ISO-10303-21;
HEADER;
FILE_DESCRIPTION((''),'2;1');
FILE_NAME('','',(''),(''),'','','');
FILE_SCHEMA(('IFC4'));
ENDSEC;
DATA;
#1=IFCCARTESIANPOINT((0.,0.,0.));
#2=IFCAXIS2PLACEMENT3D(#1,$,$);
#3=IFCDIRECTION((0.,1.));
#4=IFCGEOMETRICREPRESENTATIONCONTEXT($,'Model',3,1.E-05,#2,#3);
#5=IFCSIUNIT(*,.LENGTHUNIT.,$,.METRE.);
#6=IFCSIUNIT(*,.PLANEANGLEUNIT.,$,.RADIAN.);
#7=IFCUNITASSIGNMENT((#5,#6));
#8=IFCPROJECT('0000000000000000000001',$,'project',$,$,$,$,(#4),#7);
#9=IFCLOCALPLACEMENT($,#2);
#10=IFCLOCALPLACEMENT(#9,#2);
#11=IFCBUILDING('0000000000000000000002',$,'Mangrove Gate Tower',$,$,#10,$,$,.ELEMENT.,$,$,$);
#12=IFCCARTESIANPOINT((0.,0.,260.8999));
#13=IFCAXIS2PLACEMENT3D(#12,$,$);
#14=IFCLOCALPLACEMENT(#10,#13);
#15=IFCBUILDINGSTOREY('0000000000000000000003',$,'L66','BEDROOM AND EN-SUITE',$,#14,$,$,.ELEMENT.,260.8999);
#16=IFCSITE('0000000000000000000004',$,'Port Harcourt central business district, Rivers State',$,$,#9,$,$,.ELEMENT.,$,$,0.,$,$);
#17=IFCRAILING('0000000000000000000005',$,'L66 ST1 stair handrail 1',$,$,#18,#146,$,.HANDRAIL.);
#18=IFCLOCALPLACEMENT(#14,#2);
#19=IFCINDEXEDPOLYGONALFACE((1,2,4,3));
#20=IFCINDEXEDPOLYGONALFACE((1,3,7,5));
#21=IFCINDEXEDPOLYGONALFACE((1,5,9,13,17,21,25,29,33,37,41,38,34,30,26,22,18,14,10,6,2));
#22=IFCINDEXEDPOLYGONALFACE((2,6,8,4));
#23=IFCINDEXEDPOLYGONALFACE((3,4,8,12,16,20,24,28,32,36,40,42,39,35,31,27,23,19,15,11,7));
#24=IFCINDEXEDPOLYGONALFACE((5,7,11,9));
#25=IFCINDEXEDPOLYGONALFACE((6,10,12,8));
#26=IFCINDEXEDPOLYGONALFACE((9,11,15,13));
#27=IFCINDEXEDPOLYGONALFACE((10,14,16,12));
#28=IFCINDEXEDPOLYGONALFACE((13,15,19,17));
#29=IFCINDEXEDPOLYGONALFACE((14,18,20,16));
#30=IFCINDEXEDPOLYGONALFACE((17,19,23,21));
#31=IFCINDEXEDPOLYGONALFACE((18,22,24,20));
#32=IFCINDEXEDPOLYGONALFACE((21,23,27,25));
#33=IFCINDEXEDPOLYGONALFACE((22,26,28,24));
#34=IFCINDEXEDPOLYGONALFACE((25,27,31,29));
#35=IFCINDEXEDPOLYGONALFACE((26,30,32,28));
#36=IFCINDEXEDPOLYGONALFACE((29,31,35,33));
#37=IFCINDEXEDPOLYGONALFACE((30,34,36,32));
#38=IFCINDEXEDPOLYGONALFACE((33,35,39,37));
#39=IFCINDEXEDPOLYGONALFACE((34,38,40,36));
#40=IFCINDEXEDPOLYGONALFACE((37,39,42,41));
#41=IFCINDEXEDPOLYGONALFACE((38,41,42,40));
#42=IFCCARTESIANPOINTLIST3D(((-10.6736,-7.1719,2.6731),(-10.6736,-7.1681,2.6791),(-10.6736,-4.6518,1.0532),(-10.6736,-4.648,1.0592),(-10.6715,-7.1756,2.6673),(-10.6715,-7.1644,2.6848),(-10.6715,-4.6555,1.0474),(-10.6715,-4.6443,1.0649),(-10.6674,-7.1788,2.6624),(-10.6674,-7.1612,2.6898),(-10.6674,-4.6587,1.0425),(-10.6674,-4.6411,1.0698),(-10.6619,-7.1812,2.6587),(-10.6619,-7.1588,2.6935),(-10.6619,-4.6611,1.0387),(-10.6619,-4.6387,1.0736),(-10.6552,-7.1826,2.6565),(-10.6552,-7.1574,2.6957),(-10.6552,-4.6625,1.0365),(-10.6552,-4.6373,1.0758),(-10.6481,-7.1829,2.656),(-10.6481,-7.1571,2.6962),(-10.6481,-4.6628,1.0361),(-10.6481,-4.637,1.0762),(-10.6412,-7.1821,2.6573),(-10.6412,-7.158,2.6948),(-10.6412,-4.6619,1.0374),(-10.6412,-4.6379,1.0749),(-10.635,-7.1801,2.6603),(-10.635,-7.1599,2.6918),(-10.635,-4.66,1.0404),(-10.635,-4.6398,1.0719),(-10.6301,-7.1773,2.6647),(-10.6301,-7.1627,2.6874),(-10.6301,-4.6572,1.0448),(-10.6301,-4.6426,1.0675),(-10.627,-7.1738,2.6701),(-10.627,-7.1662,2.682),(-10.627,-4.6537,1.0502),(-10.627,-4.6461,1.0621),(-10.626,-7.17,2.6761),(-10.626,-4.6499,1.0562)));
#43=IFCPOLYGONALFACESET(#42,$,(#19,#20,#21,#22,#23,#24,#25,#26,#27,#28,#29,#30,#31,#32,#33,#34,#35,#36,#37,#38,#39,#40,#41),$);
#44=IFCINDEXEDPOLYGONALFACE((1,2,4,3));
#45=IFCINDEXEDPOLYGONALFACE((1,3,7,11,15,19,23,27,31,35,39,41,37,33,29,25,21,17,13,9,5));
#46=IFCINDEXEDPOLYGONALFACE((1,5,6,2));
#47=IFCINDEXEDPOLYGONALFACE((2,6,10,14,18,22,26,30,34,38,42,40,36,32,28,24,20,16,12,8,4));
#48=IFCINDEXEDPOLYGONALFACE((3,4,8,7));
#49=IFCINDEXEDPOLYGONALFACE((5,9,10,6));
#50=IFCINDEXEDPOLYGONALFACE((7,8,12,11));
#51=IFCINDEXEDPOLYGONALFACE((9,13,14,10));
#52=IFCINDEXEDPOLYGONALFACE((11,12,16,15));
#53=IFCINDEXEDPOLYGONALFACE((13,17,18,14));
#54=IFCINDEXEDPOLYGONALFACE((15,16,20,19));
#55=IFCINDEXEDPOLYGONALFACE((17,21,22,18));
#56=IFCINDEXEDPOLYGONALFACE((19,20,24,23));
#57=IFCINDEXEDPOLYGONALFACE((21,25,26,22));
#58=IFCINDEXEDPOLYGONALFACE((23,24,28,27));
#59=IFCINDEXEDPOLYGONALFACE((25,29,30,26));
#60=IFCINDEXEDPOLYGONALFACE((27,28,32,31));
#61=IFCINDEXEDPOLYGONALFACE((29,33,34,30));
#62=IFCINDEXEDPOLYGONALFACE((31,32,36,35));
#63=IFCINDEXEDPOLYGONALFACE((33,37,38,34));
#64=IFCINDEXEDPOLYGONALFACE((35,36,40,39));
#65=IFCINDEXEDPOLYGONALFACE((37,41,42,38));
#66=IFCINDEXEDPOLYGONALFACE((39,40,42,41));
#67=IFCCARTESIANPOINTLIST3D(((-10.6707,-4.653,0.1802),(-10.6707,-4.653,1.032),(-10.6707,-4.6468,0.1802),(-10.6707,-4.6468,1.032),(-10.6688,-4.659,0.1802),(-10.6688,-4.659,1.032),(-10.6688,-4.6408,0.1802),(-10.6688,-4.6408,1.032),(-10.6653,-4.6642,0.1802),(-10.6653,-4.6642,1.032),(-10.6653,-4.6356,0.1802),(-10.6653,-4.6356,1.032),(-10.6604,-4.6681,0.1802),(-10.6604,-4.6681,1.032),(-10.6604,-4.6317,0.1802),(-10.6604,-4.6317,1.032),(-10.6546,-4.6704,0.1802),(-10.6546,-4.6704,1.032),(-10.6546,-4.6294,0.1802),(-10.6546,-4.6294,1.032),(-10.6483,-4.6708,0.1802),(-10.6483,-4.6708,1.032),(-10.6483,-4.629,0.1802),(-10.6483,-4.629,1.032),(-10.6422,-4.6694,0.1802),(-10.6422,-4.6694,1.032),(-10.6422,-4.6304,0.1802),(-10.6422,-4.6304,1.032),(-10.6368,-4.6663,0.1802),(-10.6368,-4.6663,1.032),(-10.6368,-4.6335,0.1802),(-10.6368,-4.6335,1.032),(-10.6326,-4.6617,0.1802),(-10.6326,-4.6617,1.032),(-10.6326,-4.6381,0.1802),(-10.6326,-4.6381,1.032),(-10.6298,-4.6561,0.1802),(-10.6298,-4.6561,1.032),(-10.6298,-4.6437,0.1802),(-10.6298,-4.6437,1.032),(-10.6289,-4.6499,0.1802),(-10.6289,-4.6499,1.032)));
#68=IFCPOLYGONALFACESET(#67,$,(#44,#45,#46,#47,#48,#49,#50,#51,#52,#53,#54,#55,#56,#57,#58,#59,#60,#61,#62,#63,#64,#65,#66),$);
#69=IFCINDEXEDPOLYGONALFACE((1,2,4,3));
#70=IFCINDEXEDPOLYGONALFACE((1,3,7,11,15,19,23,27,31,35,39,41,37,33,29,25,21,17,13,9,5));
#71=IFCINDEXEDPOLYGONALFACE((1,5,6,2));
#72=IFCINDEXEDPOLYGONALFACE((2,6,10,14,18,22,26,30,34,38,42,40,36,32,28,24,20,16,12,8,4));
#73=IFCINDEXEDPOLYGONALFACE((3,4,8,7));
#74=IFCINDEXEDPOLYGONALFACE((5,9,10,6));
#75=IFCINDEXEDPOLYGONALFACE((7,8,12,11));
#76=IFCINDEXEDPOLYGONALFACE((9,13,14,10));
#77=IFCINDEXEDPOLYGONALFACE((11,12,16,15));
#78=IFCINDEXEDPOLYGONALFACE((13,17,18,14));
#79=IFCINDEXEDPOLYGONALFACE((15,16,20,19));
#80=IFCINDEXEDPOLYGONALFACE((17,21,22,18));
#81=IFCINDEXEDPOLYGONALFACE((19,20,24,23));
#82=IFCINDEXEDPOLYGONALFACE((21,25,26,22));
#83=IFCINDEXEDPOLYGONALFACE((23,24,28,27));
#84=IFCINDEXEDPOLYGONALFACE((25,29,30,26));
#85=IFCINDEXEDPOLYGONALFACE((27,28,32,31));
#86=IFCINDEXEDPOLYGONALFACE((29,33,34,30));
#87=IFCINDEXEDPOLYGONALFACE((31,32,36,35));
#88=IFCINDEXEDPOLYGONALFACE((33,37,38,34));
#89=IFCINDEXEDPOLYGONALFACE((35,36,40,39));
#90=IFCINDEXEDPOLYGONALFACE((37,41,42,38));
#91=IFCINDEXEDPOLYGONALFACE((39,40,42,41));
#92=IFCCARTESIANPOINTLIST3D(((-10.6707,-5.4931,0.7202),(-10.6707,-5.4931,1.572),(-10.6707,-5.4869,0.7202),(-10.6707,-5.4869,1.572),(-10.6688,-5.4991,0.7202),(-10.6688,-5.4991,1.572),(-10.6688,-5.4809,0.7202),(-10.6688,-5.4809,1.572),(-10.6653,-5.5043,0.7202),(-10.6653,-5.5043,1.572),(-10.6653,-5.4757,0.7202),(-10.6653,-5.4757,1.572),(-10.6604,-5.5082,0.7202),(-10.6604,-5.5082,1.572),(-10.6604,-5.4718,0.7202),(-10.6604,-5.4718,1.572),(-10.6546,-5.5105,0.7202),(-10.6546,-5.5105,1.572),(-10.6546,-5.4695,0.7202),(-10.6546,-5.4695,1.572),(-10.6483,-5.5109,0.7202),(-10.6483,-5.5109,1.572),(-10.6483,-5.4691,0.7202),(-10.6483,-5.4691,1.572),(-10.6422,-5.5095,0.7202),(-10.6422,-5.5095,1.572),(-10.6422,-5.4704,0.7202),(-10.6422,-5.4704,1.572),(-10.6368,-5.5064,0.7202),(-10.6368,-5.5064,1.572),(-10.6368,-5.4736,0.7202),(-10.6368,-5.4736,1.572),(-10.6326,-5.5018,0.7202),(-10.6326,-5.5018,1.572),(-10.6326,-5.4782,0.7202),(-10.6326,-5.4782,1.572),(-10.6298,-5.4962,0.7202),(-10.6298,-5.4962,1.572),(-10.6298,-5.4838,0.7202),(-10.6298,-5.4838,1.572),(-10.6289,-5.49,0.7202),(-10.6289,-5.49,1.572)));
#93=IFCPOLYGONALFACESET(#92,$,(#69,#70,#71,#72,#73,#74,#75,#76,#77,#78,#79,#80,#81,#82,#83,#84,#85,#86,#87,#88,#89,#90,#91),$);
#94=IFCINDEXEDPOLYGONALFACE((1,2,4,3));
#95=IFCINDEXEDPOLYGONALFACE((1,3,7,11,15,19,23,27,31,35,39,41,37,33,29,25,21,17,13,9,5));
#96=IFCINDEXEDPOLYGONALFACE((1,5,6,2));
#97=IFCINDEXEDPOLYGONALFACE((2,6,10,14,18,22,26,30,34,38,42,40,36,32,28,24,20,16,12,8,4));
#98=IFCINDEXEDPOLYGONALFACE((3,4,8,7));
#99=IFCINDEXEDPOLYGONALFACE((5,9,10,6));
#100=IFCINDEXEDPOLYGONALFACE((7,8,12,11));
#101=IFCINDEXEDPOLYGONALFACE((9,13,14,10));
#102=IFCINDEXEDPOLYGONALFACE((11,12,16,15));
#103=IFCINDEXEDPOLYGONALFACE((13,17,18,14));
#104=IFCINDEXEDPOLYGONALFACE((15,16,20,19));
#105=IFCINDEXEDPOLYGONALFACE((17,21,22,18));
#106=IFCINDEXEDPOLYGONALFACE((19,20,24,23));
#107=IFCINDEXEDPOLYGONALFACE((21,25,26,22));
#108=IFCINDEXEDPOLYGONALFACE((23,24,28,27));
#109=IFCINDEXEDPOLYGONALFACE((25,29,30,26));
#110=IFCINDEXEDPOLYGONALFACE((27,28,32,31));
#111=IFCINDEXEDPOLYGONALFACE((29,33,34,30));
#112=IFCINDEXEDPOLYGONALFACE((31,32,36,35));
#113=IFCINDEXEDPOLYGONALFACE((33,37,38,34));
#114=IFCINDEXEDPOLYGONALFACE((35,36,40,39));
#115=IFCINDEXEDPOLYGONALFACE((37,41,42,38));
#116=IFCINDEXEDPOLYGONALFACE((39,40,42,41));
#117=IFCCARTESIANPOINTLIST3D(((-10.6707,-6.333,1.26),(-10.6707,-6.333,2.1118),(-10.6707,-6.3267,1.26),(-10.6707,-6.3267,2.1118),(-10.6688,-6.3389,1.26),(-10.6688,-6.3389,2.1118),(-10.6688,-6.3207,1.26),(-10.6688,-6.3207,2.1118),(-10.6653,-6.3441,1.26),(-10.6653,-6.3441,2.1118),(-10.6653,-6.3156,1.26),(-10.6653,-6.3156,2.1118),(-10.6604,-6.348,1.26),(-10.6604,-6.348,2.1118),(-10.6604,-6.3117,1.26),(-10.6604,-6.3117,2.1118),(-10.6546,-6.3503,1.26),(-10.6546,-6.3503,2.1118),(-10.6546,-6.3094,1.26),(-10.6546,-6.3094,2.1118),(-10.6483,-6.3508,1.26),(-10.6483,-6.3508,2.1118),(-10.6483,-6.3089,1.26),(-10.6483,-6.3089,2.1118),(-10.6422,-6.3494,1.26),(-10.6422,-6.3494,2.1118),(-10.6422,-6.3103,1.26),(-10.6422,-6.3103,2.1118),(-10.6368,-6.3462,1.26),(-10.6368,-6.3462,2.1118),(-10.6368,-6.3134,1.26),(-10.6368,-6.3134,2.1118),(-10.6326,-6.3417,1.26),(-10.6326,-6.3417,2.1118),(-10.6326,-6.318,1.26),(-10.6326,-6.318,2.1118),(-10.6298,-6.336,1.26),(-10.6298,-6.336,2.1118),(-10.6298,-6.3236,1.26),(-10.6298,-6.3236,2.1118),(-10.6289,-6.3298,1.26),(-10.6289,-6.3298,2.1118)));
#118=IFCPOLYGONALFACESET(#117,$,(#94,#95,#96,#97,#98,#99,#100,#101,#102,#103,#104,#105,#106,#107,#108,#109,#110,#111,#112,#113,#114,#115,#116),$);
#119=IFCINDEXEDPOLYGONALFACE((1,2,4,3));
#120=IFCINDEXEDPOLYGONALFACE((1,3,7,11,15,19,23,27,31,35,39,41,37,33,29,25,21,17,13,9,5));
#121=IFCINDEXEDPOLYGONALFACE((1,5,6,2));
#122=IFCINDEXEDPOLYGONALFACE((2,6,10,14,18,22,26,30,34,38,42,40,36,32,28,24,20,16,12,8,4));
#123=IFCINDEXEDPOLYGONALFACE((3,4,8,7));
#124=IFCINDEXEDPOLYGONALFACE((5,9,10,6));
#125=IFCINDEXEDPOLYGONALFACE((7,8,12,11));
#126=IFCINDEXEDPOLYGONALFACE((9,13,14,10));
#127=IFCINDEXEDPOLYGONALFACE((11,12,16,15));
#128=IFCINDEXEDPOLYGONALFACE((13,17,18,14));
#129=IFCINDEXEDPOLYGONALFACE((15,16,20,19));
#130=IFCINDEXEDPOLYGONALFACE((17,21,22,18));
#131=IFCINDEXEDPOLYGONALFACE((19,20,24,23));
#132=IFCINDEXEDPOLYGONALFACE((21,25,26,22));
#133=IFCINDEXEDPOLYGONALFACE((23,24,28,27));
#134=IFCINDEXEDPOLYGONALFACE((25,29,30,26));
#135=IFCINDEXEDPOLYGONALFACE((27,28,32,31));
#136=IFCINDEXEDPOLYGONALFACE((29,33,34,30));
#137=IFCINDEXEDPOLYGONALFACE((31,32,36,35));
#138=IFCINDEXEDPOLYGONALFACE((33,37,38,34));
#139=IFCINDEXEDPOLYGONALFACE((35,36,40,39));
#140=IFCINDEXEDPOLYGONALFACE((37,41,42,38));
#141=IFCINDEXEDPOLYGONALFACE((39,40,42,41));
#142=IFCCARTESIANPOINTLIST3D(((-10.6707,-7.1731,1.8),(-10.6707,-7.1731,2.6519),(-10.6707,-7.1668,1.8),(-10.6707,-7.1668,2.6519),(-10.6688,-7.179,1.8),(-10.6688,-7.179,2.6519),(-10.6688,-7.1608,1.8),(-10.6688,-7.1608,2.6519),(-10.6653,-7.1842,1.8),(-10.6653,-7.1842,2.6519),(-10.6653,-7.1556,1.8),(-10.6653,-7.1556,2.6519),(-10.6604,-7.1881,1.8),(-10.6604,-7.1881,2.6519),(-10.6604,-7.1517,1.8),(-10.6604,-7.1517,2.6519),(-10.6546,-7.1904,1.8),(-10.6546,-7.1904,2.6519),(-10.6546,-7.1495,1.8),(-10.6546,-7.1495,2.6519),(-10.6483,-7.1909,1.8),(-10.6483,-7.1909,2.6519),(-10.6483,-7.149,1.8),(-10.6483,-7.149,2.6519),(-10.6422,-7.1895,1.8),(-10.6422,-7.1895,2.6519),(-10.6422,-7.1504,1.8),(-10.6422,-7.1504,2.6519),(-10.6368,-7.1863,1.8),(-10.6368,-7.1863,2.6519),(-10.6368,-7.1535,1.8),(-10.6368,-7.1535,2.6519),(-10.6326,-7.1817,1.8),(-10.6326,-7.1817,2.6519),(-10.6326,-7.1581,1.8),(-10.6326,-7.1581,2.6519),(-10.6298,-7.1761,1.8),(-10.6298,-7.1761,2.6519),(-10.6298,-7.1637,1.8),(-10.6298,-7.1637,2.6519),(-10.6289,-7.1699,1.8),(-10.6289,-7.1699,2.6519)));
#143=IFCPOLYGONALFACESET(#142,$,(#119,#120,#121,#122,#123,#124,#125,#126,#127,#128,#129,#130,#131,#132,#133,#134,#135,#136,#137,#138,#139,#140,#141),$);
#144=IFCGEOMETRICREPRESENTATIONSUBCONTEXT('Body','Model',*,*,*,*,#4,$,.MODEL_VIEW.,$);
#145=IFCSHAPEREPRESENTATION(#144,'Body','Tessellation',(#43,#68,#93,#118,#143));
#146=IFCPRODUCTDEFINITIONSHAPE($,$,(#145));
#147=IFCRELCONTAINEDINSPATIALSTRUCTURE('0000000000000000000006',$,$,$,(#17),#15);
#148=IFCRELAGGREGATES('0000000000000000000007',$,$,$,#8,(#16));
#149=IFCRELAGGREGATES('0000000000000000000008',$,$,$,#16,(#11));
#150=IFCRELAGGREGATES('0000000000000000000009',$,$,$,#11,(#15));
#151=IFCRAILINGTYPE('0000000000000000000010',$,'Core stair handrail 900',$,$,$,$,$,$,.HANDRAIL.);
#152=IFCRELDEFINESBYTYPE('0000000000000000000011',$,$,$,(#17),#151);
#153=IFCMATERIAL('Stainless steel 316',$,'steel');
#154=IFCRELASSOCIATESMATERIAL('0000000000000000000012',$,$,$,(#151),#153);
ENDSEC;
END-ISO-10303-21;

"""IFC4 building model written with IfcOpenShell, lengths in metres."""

from ifc_helpers import new_model, si_unit, direction, frame, origin, origin_2d, place, context, subcontext, project, spatial, circle, extrude, material, type_object, element, save


model = new_model("IFC4")

# Units and contexts
model_context = context("Model", 3, precision=1e-05, world=origin(), true_north=direction((0.0, 1.0)))
body_context = subcontext(model_context, "Body", "Model", "MODEL_VIEW")
ifc_project = project(units=[si_unit("LENGTHUNIT", "METRE"), si_unit("PLANEANGLEUNIT", "RADIAN")], contexts=[model_context])

# Site, building, storey
site_placement = place(None, origin())
site = spatial("IfcSite", under=ifc_project, at=site_placement, Name="Port Harcourt central business district, Rivers State", CompositionType="ELEMENT", RefElevation=0.0)
building_placement = place(site_placement, origin())
building = spatial("IfcBuilding", under=site, at=building_placement, Name="Mangrove Gate Tower", CompositionType="ELEMENT")
storey_placement = place(building_placement, frame((0.0, 0.0, 260.8999)))
storey = spatial("IfcBuildingStorey", under=building, at=storey_placement, Name="L66", Description="BEDROOM AND EN-SUITE", CompositionType="ELEMENT", Elevation=260.8999)

# Railing
ifc_material_1 = material(Name="Stainless steel 316", Category="steel")
railing_type_1 = type_object("IfcRailingType", Name="Core stair handrail 900", PredefinedType="HANDRAIL", material=ifc_material_1)
railing_1_placement = place(storey_placement, frame((-10.6499, -4.6499, 0.1802)))
element("IfcRailing", 1, at=railing_1_placement, inside=storey, type_object=railing_type_1, Name="L66 ST1 stair handrail 1", PredefinedType="HANDRAIL", context=body_context, shape_type="SweptSolid", body=[
    extrude(circle(Radius=0.0239, at=origin_2d()), frame((0.0, 0.0, 0.876), z_axis=(0.0, -0.8412, 0.540725), x_axis=(1.0, 0.0, 0.0)), (0.0, 0.0, 1.0), 2.9958),
    extrude(circle(Radius=0.021, at=origin_2d()), origin(), (0.0, 0.0, 1.0), 0.8518),
    extrude(circle(Radius=0.021, at=origin_2d()), frame((0.0, -0.8401, 0.54)), (0.0, 0.0, 1.0), 0.8518),
    extrude(circle(Radius=0.021, at=origin_2d()), frame((0.0, -1.6799, 1.0798)), (0.0, 0.0, 1.0), 0.8518),
    extrude(circle(Radius=0.021, at=origin_2d()), frame((0.0, -2.52, 1.6199)), (0.0, 0.0, 1.0), 0.8518),
])

save(model, "model.ifc")
